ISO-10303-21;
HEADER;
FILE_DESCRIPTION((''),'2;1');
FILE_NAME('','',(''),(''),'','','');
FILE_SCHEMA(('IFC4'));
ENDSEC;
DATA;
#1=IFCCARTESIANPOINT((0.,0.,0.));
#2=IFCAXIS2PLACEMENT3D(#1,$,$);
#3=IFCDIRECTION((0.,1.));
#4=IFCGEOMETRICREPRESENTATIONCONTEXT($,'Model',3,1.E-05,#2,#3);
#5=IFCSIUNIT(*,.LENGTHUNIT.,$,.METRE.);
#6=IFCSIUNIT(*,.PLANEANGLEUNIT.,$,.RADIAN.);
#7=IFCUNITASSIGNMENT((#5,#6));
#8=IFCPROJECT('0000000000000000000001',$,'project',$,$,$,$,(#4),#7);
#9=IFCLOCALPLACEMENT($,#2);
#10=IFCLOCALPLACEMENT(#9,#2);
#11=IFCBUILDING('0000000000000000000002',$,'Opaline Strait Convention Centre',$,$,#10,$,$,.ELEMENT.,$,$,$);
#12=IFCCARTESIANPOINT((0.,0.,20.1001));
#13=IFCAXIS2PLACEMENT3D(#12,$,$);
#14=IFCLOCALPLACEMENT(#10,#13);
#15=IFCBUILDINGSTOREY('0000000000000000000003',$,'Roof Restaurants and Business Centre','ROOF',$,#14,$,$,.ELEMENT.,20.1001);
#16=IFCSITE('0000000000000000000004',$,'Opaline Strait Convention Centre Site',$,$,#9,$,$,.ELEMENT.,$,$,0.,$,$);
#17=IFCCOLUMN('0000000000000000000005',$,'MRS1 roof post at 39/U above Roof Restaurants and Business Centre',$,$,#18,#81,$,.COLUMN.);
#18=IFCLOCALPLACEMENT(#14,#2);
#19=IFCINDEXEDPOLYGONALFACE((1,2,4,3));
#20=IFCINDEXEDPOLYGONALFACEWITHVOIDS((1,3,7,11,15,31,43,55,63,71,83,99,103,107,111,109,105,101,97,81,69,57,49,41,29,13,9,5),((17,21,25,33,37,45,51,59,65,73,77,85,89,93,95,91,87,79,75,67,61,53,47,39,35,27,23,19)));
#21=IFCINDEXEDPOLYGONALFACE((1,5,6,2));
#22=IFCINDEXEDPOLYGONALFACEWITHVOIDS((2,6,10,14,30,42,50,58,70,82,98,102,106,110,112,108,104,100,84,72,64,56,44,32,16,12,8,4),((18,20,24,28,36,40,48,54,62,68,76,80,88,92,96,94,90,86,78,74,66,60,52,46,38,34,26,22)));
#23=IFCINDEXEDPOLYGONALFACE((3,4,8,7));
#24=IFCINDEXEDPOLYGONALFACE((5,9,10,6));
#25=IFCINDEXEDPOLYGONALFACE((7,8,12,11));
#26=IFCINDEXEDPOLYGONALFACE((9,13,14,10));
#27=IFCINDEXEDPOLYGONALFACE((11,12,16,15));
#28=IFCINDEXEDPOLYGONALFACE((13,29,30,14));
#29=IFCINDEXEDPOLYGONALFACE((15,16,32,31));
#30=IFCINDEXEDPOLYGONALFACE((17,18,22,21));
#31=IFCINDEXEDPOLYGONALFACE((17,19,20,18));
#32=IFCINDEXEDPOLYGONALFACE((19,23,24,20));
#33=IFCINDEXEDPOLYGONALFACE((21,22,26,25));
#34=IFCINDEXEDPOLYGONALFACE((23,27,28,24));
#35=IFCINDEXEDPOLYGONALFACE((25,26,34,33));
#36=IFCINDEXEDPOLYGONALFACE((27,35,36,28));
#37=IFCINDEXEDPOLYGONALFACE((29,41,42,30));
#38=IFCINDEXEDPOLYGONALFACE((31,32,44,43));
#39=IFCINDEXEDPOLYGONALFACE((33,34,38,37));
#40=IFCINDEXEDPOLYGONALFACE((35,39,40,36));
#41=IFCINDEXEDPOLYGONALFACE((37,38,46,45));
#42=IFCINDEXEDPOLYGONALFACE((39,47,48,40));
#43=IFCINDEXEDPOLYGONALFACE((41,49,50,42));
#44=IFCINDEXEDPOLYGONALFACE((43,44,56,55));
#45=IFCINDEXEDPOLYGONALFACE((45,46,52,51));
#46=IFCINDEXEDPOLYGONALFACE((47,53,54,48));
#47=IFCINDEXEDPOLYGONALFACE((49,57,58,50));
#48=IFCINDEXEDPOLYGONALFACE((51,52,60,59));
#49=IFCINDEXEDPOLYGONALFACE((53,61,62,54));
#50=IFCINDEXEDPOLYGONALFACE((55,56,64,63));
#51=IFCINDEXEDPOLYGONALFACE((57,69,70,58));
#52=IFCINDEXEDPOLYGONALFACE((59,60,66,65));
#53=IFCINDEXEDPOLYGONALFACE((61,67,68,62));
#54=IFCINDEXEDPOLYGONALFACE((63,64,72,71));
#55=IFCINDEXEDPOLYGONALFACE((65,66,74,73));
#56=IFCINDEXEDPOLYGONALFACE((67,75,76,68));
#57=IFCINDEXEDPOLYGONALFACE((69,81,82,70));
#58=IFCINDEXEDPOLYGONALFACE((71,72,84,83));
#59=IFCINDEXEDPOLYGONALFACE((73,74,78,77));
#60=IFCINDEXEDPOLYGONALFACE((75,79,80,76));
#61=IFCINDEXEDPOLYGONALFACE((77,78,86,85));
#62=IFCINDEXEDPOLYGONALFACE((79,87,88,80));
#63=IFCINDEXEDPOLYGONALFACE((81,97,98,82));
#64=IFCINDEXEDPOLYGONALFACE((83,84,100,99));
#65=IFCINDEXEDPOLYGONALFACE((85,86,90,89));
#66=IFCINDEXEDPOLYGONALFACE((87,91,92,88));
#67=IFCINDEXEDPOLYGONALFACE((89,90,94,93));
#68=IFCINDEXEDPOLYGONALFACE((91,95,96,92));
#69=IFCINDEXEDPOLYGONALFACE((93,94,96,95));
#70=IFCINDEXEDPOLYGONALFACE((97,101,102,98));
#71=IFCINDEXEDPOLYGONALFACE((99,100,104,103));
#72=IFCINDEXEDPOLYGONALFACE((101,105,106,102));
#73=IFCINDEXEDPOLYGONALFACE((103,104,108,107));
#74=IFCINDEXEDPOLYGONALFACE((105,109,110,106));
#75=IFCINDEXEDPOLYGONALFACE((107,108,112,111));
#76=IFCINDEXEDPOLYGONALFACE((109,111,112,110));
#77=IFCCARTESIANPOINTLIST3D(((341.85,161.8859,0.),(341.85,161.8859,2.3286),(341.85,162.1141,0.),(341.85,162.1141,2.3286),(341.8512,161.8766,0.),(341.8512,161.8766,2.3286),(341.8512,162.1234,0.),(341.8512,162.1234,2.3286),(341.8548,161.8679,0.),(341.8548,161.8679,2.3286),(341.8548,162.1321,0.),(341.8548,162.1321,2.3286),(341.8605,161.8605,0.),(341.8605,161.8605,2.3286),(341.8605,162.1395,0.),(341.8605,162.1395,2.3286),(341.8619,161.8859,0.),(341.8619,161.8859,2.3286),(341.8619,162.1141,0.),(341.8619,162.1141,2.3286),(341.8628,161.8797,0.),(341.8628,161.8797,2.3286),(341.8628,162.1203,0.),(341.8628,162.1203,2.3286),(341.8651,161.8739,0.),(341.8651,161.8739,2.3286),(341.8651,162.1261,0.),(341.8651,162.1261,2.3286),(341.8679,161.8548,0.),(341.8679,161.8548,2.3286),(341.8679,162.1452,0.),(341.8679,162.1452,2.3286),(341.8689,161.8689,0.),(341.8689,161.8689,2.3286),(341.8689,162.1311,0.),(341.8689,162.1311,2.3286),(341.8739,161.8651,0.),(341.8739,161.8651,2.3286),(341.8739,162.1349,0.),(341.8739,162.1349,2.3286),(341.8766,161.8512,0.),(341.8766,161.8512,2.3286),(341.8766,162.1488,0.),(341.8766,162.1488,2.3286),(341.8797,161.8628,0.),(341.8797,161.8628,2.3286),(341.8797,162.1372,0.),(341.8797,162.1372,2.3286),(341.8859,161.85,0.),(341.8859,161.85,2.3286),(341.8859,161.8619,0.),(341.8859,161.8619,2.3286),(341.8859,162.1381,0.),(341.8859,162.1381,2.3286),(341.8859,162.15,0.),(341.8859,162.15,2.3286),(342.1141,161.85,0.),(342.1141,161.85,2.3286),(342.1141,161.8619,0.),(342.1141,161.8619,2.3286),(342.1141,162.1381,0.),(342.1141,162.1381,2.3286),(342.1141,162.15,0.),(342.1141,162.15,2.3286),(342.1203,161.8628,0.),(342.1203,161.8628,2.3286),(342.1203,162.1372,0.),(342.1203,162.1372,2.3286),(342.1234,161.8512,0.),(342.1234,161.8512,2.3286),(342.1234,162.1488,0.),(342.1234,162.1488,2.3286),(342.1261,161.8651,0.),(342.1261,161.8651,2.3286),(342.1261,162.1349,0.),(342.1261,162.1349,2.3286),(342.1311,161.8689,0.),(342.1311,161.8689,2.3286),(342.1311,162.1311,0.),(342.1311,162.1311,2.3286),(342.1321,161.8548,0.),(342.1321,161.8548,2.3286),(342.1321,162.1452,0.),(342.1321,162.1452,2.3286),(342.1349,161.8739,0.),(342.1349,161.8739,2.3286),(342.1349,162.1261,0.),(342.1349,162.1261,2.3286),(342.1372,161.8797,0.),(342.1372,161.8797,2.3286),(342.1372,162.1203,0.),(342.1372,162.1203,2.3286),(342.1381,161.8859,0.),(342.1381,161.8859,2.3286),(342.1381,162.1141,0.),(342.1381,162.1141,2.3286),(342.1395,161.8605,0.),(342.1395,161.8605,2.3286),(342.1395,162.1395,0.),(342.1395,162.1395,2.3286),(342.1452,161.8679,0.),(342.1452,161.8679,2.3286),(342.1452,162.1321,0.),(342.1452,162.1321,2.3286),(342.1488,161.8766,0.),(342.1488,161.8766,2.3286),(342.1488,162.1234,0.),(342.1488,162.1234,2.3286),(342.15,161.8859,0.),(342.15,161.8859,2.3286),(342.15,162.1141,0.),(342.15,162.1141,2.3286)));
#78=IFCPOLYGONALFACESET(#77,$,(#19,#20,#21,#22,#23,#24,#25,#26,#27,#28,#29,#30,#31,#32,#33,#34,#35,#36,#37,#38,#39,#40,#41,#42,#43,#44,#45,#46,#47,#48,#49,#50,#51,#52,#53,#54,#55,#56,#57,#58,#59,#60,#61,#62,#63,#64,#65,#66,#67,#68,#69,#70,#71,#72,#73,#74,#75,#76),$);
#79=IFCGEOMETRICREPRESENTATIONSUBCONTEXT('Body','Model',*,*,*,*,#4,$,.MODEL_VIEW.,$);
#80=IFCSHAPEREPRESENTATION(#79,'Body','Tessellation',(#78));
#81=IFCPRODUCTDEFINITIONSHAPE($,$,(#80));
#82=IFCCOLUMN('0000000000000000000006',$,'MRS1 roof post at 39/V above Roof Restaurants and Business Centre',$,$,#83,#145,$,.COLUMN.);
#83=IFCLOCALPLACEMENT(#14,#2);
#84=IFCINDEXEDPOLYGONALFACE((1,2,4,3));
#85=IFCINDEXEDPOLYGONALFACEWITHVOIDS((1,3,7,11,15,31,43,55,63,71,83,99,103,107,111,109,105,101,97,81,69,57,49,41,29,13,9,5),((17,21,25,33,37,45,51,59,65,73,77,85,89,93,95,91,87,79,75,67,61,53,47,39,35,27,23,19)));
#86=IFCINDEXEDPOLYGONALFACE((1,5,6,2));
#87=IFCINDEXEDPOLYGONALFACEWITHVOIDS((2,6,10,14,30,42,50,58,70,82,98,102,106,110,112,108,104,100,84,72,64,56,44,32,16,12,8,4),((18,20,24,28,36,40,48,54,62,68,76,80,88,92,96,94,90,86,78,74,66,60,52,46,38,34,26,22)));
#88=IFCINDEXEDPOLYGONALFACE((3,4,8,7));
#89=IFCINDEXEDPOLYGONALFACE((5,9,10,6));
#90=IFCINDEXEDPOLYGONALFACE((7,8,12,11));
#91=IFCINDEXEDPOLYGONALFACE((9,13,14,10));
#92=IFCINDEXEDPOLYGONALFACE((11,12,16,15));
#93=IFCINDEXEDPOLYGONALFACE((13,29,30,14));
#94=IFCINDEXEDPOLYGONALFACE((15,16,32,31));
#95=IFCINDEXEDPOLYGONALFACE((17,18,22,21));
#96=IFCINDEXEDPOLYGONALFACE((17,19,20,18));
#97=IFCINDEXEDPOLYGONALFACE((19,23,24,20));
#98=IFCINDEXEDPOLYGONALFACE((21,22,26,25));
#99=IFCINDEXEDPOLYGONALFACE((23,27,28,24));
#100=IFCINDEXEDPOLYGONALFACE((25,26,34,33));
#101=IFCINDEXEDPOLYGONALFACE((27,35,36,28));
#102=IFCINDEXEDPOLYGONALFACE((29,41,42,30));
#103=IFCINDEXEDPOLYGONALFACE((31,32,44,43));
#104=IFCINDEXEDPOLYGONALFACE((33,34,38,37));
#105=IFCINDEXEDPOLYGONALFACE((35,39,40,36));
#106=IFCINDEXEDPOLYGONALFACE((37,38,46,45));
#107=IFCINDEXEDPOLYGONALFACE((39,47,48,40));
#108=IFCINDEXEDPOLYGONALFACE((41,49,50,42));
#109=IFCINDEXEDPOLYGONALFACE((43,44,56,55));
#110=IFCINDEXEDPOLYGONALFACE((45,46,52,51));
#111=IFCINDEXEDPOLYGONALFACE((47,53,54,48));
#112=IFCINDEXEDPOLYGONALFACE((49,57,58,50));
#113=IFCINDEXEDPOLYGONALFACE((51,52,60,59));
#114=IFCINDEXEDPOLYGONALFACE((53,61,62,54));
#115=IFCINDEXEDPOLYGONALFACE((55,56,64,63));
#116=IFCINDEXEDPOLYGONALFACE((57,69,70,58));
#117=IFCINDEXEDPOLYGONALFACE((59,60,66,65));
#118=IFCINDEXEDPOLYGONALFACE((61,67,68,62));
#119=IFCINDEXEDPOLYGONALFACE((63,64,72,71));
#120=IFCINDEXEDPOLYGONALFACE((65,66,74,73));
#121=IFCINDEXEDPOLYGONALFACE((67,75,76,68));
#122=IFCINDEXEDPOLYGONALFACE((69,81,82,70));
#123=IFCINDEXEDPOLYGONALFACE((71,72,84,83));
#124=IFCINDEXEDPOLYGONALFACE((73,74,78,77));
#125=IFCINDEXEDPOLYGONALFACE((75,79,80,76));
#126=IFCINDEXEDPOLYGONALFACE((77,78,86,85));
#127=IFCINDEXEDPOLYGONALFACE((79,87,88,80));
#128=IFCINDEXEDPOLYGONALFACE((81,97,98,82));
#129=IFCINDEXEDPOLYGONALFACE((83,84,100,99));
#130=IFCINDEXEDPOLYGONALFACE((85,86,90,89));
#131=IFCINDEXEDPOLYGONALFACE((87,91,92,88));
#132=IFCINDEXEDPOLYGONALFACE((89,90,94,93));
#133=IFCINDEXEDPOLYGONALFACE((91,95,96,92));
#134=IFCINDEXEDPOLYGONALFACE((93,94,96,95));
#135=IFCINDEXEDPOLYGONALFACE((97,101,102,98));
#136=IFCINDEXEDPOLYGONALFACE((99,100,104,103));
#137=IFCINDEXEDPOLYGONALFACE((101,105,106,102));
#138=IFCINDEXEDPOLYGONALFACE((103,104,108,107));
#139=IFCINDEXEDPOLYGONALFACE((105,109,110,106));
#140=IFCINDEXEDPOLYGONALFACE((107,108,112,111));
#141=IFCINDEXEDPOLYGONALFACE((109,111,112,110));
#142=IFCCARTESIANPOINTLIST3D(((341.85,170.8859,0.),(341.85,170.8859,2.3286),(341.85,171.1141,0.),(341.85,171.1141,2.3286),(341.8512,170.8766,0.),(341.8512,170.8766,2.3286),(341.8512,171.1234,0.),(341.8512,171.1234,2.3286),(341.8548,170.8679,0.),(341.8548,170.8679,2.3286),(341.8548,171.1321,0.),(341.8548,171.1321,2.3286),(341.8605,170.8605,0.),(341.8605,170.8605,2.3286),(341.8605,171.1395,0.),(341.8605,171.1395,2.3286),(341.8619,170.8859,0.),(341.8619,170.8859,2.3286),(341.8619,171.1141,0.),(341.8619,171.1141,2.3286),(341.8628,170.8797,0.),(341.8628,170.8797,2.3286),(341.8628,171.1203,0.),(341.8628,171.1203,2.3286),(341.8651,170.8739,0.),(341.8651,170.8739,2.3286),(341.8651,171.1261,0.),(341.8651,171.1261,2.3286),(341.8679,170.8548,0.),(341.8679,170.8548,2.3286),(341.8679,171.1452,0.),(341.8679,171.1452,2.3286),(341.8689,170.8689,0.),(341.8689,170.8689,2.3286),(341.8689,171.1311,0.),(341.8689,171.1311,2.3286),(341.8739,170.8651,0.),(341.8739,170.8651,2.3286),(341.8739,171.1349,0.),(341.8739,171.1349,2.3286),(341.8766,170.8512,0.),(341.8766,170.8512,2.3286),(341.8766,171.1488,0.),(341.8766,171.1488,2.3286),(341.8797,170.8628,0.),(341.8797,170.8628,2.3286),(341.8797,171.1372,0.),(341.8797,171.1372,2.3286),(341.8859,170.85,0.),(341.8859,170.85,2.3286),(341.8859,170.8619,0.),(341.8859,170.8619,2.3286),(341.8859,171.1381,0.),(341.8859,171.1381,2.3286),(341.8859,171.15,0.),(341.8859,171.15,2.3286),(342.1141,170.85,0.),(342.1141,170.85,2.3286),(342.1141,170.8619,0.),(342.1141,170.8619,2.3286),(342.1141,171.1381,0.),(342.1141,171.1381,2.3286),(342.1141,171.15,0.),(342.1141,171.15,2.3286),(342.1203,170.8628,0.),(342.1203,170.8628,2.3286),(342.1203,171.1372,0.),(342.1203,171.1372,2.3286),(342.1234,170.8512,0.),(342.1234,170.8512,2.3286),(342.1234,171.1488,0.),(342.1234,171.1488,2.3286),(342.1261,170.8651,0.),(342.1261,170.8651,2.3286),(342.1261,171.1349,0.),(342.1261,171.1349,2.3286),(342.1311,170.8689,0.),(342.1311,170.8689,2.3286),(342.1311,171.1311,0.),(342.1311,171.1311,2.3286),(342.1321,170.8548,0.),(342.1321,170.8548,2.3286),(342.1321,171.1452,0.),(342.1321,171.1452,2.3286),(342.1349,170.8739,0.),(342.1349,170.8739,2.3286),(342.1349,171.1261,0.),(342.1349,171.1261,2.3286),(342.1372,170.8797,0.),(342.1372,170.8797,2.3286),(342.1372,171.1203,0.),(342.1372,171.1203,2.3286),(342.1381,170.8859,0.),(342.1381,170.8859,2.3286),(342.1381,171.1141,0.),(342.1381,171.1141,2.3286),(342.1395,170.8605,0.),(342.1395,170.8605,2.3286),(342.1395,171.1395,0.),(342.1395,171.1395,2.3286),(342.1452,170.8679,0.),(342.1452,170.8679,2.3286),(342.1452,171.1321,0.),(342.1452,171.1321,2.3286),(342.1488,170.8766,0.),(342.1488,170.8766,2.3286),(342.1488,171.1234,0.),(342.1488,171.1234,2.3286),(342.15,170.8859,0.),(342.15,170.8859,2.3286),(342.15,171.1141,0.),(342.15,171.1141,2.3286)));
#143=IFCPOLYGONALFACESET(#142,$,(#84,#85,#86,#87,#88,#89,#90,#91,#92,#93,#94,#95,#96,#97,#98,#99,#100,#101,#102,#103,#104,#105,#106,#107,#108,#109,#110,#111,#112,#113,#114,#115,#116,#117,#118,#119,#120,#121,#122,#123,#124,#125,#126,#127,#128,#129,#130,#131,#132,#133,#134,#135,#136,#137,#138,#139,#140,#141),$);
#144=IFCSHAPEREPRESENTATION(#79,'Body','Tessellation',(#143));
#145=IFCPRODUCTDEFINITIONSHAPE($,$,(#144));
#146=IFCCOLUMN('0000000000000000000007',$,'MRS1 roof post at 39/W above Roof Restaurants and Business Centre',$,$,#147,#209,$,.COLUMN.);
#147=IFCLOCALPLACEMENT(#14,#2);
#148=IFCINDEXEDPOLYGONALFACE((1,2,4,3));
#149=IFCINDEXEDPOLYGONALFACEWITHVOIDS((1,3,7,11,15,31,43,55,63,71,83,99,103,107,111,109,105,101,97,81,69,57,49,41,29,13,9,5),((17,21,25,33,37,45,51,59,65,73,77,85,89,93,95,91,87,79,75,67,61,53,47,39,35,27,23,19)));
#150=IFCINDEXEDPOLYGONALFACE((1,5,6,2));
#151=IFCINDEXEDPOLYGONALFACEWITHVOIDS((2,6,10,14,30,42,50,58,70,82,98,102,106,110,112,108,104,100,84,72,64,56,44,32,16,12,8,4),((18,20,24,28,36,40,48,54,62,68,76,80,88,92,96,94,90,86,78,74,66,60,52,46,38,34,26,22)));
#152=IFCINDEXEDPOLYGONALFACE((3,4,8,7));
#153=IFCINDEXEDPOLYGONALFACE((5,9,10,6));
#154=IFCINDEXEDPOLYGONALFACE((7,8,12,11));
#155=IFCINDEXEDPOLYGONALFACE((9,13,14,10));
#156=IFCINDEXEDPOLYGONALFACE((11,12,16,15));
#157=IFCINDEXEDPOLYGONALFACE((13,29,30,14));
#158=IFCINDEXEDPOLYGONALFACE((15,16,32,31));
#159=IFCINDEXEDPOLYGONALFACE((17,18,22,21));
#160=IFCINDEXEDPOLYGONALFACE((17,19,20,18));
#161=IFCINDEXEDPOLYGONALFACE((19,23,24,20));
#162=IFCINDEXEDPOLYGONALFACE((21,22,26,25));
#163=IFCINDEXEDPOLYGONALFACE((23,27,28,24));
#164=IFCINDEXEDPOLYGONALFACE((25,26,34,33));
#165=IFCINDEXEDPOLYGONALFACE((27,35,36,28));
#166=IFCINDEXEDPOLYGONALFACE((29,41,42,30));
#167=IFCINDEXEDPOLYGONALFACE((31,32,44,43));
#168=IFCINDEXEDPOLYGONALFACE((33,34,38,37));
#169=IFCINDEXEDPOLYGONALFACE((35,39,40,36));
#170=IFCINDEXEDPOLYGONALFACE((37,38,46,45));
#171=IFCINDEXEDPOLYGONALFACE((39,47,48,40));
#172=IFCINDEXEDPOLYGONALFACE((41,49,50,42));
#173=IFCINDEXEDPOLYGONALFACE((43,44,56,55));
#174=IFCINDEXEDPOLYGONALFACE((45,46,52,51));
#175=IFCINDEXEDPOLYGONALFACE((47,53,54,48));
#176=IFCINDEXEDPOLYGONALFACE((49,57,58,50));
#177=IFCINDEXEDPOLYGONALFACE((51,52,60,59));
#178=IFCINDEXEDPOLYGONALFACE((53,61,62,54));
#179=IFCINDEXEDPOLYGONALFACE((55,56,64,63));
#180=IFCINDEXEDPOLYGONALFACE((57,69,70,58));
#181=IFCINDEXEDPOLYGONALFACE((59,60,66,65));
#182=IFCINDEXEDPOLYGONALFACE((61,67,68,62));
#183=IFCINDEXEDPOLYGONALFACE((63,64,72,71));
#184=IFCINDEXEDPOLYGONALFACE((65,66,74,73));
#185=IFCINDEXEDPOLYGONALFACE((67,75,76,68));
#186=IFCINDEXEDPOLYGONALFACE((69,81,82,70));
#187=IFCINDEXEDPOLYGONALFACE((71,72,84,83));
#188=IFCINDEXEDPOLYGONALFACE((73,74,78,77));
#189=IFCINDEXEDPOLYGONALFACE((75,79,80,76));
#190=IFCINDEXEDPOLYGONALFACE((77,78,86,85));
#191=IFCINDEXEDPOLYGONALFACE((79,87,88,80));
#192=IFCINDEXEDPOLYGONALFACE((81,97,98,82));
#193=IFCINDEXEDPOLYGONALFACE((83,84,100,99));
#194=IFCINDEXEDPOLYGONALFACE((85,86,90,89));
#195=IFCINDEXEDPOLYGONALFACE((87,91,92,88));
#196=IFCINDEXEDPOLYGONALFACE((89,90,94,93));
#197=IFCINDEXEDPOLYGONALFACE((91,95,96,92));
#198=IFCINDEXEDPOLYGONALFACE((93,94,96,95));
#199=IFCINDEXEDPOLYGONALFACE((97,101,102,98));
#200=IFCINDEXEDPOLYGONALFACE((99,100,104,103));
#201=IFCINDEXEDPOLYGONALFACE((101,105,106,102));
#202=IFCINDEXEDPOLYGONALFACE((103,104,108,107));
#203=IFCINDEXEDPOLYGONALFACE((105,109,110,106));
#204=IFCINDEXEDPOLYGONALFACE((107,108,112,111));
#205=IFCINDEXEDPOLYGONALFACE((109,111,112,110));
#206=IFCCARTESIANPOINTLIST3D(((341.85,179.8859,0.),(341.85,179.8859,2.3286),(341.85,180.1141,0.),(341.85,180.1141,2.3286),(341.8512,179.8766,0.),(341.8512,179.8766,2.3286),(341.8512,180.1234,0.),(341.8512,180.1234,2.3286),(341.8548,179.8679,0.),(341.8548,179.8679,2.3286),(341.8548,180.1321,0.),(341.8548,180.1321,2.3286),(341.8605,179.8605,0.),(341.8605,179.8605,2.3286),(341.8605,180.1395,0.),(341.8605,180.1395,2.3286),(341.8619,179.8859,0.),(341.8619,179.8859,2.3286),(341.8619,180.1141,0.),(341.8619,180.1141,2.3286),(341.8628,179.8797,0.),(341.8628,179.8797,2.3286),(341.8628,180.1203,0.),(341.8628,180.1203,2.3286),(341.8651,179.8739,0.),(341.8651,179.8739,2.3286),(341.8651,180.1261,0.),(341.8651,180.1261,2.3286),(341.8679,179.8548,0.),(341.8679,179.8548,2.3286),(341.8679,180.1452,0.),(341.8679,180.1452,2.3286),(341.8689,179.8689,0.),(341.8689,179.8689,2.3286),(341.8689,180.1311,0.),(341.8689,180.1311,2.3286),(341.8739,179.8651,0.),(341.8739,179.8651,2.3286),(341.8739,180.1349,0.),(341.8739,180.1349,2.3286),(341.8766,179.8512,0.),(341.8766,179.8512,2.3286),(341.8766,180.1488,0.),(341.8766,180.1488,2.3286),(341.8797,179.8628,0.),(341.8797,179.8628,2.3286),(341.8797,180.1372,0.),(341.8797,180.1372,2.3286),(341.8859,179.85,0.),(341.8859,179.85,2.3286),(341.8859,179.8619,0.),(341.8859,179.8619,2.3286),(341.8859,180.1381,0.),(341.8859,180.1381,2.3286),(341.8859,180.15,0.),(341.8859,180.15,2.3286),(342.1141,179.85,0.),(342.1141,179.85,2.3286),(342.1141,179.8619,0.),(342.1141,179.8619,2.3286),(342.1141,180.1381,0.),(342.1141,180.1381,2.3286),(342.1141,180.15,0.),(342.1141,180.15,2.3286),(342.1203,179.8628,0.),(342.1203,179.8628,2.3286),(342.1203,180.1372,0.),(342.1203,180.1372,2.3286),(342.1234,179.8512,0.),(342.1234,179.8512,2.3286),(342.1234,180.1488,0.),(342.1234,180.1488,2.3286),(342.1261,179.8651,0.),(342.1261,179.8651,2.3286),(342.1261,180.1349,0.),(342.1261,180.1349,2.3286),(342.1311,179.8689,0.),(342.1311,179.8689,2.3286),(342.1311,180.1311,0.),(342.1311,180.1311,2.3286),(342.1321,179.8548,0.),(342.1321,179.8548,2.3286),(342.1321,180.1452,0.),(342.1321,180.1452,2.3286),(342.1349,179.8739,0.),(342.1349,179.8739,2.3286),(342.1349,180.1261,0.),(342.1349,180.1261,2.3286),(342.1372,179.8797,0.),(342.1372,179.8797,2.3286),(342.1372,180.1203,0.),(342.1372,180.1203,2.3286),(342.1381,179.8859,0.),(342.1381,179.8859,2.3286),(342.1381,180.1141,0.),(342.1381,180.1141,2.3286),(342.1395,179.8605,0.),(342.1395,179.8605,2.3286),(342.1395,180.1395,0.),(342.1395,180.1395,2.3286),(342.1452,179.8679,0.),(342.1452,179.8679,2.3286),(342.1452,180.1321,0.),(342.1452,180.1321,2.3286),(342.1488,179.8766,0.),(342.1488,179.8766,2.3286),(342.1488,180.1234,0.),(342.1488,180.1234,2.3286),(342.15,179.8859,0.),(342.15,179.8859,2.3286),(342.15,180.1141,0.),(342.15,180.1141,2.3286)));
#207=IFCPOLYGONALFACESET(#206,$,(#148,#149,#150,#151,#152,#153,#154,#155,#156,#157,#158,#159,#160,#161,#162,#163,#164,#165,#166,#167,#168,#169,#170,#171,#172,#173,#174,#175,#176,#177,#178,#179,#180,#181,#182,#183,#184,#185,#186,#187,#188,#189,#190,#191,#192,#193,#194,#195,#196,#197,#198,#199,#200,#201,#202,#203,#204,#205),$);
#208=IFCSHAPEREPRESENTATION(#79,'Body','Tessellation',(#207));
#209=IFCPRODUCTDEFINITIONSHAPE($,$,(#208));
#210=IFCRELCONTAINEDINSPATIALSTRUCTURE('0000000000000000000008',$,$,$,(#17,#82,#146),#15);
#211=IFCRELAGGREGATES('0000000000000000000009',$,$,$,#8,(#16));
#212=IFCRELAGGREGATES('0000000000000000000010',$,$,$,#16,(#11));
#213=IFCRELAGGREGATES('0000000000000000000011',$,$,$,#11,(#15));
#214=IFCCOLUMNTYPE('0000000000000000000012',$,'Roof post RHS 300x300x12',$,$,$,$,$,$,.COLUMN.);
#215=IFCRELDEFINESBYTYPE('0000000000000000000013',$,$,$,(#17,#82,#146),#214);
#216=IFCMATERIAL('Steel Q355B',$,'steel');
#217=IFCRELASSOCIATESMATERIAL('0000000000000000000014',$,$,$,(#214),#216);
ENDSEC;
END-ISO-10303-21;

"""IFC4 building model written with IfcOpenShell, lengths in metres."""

from ifc_helpers import new_model, si_unit, direction, frame, origin, origin_2d, place, context, subcontext, project, spatial, hollow_rectangle, extrude, material, material_profile, profile_set, type_object, element, save


model = new_model("IFC4")

# Units and contexts
model_context = context("Model", 3, precision=1e-05, world=origin(), true_north=direction((0.0, 1.0)))
body_context = subcontext(model_context, "Body", "Model", "MODEL_VIEW")
ifc_project = project(units=[si_unit("LENGTHUNIT", "METRE"), si_unit("PLANEANGLEUNIT", "RADIAN")], contexts=[model_context])

# Site, building, storey
site_placement = place(None, origin())
site = spatial("IfcSite", under=ifc_project, at=site_placement, Name="Opaline Strait Convention Centre Site", CompositionType="ELEMENT", RefElevation=0.0)
building_placement = place(site_placement, origin())
building = spatial("IfcBuilding", under=site, at=building_placement, Name="Opaline Strait Convention Centre", CompositionType="ELEMENT")
storey_placement = place(building_placement, frame((0.0, 0.0, 20.1001)))
storey = spatial("IfcBuildingStorey", under=building, at=storey_placement, Name="Roof Restaurants and Business Centre", Description="ROOF", CompositionType="ELEMENT", Elevation=20.1001)

# Columns
ifc_material = material(Name="Steel Q355B", Category="steel")
ifc_material_profile = material_profile(ifc_material, hollow_rectangle(XDim=0.3, YDim=0.3, WallThickness=0.012, InnerFilletRadius=0.0239, OuterFilletRadius=0.0359, at=origin_2d()), Name="RHS 300x300x12")
ifc_profile_set = profile_set([ifc_material_profile], Name="Steel Q355B")
column_type = type_object("IfcColumnType", Name="Roof post RHS 300x300x12", PredefinedType="COLUMN", material=ifc_profile_set)
for number, where, z_axis, x_axis, name in (
    (1, (342.0, 162.0, 0.0), (0.0, 0.0, 1.0), (1.0, 0.0, 0.0), "MRS1 roof post at 39/U above Roof Restaurants and Business Centre"),
    (2, (342.0, 171.0, 0.0), (0.0, 0.0, 1.0), (1.0, 0.0, 0.0), "MRS1 roof post at 39/V above Roof Restaurants and Business Centre"),
    (3, (342.0, 180.0, 0.0), (0.0, 0.0, 1.0), (1.0, 0.0, 0.0), "MRS1 roof post at 39/W above Roof Restaurants and Business Centre"),
):
    element("IfcColumn", number, at=place(storey_placement, frame(where, z_axis=z_axis, x_axis=x_axis)), inside=storey, type_object=column_type, Name=name, PredefinedType="COLUMN", context=body_context, shape_type="SweptSolid", body=[
        extrude(hollow_rectangle(XDim=0.3, YDim=0.3, WallThickness=0.012, InnerFilletRadius=0.0239, OuterFilletRadius=0.0359, at=origin_2d()), origin(), (0.0, 0.0, 1.0), 2.3286),
    ])

save(model, "model.ifc")
